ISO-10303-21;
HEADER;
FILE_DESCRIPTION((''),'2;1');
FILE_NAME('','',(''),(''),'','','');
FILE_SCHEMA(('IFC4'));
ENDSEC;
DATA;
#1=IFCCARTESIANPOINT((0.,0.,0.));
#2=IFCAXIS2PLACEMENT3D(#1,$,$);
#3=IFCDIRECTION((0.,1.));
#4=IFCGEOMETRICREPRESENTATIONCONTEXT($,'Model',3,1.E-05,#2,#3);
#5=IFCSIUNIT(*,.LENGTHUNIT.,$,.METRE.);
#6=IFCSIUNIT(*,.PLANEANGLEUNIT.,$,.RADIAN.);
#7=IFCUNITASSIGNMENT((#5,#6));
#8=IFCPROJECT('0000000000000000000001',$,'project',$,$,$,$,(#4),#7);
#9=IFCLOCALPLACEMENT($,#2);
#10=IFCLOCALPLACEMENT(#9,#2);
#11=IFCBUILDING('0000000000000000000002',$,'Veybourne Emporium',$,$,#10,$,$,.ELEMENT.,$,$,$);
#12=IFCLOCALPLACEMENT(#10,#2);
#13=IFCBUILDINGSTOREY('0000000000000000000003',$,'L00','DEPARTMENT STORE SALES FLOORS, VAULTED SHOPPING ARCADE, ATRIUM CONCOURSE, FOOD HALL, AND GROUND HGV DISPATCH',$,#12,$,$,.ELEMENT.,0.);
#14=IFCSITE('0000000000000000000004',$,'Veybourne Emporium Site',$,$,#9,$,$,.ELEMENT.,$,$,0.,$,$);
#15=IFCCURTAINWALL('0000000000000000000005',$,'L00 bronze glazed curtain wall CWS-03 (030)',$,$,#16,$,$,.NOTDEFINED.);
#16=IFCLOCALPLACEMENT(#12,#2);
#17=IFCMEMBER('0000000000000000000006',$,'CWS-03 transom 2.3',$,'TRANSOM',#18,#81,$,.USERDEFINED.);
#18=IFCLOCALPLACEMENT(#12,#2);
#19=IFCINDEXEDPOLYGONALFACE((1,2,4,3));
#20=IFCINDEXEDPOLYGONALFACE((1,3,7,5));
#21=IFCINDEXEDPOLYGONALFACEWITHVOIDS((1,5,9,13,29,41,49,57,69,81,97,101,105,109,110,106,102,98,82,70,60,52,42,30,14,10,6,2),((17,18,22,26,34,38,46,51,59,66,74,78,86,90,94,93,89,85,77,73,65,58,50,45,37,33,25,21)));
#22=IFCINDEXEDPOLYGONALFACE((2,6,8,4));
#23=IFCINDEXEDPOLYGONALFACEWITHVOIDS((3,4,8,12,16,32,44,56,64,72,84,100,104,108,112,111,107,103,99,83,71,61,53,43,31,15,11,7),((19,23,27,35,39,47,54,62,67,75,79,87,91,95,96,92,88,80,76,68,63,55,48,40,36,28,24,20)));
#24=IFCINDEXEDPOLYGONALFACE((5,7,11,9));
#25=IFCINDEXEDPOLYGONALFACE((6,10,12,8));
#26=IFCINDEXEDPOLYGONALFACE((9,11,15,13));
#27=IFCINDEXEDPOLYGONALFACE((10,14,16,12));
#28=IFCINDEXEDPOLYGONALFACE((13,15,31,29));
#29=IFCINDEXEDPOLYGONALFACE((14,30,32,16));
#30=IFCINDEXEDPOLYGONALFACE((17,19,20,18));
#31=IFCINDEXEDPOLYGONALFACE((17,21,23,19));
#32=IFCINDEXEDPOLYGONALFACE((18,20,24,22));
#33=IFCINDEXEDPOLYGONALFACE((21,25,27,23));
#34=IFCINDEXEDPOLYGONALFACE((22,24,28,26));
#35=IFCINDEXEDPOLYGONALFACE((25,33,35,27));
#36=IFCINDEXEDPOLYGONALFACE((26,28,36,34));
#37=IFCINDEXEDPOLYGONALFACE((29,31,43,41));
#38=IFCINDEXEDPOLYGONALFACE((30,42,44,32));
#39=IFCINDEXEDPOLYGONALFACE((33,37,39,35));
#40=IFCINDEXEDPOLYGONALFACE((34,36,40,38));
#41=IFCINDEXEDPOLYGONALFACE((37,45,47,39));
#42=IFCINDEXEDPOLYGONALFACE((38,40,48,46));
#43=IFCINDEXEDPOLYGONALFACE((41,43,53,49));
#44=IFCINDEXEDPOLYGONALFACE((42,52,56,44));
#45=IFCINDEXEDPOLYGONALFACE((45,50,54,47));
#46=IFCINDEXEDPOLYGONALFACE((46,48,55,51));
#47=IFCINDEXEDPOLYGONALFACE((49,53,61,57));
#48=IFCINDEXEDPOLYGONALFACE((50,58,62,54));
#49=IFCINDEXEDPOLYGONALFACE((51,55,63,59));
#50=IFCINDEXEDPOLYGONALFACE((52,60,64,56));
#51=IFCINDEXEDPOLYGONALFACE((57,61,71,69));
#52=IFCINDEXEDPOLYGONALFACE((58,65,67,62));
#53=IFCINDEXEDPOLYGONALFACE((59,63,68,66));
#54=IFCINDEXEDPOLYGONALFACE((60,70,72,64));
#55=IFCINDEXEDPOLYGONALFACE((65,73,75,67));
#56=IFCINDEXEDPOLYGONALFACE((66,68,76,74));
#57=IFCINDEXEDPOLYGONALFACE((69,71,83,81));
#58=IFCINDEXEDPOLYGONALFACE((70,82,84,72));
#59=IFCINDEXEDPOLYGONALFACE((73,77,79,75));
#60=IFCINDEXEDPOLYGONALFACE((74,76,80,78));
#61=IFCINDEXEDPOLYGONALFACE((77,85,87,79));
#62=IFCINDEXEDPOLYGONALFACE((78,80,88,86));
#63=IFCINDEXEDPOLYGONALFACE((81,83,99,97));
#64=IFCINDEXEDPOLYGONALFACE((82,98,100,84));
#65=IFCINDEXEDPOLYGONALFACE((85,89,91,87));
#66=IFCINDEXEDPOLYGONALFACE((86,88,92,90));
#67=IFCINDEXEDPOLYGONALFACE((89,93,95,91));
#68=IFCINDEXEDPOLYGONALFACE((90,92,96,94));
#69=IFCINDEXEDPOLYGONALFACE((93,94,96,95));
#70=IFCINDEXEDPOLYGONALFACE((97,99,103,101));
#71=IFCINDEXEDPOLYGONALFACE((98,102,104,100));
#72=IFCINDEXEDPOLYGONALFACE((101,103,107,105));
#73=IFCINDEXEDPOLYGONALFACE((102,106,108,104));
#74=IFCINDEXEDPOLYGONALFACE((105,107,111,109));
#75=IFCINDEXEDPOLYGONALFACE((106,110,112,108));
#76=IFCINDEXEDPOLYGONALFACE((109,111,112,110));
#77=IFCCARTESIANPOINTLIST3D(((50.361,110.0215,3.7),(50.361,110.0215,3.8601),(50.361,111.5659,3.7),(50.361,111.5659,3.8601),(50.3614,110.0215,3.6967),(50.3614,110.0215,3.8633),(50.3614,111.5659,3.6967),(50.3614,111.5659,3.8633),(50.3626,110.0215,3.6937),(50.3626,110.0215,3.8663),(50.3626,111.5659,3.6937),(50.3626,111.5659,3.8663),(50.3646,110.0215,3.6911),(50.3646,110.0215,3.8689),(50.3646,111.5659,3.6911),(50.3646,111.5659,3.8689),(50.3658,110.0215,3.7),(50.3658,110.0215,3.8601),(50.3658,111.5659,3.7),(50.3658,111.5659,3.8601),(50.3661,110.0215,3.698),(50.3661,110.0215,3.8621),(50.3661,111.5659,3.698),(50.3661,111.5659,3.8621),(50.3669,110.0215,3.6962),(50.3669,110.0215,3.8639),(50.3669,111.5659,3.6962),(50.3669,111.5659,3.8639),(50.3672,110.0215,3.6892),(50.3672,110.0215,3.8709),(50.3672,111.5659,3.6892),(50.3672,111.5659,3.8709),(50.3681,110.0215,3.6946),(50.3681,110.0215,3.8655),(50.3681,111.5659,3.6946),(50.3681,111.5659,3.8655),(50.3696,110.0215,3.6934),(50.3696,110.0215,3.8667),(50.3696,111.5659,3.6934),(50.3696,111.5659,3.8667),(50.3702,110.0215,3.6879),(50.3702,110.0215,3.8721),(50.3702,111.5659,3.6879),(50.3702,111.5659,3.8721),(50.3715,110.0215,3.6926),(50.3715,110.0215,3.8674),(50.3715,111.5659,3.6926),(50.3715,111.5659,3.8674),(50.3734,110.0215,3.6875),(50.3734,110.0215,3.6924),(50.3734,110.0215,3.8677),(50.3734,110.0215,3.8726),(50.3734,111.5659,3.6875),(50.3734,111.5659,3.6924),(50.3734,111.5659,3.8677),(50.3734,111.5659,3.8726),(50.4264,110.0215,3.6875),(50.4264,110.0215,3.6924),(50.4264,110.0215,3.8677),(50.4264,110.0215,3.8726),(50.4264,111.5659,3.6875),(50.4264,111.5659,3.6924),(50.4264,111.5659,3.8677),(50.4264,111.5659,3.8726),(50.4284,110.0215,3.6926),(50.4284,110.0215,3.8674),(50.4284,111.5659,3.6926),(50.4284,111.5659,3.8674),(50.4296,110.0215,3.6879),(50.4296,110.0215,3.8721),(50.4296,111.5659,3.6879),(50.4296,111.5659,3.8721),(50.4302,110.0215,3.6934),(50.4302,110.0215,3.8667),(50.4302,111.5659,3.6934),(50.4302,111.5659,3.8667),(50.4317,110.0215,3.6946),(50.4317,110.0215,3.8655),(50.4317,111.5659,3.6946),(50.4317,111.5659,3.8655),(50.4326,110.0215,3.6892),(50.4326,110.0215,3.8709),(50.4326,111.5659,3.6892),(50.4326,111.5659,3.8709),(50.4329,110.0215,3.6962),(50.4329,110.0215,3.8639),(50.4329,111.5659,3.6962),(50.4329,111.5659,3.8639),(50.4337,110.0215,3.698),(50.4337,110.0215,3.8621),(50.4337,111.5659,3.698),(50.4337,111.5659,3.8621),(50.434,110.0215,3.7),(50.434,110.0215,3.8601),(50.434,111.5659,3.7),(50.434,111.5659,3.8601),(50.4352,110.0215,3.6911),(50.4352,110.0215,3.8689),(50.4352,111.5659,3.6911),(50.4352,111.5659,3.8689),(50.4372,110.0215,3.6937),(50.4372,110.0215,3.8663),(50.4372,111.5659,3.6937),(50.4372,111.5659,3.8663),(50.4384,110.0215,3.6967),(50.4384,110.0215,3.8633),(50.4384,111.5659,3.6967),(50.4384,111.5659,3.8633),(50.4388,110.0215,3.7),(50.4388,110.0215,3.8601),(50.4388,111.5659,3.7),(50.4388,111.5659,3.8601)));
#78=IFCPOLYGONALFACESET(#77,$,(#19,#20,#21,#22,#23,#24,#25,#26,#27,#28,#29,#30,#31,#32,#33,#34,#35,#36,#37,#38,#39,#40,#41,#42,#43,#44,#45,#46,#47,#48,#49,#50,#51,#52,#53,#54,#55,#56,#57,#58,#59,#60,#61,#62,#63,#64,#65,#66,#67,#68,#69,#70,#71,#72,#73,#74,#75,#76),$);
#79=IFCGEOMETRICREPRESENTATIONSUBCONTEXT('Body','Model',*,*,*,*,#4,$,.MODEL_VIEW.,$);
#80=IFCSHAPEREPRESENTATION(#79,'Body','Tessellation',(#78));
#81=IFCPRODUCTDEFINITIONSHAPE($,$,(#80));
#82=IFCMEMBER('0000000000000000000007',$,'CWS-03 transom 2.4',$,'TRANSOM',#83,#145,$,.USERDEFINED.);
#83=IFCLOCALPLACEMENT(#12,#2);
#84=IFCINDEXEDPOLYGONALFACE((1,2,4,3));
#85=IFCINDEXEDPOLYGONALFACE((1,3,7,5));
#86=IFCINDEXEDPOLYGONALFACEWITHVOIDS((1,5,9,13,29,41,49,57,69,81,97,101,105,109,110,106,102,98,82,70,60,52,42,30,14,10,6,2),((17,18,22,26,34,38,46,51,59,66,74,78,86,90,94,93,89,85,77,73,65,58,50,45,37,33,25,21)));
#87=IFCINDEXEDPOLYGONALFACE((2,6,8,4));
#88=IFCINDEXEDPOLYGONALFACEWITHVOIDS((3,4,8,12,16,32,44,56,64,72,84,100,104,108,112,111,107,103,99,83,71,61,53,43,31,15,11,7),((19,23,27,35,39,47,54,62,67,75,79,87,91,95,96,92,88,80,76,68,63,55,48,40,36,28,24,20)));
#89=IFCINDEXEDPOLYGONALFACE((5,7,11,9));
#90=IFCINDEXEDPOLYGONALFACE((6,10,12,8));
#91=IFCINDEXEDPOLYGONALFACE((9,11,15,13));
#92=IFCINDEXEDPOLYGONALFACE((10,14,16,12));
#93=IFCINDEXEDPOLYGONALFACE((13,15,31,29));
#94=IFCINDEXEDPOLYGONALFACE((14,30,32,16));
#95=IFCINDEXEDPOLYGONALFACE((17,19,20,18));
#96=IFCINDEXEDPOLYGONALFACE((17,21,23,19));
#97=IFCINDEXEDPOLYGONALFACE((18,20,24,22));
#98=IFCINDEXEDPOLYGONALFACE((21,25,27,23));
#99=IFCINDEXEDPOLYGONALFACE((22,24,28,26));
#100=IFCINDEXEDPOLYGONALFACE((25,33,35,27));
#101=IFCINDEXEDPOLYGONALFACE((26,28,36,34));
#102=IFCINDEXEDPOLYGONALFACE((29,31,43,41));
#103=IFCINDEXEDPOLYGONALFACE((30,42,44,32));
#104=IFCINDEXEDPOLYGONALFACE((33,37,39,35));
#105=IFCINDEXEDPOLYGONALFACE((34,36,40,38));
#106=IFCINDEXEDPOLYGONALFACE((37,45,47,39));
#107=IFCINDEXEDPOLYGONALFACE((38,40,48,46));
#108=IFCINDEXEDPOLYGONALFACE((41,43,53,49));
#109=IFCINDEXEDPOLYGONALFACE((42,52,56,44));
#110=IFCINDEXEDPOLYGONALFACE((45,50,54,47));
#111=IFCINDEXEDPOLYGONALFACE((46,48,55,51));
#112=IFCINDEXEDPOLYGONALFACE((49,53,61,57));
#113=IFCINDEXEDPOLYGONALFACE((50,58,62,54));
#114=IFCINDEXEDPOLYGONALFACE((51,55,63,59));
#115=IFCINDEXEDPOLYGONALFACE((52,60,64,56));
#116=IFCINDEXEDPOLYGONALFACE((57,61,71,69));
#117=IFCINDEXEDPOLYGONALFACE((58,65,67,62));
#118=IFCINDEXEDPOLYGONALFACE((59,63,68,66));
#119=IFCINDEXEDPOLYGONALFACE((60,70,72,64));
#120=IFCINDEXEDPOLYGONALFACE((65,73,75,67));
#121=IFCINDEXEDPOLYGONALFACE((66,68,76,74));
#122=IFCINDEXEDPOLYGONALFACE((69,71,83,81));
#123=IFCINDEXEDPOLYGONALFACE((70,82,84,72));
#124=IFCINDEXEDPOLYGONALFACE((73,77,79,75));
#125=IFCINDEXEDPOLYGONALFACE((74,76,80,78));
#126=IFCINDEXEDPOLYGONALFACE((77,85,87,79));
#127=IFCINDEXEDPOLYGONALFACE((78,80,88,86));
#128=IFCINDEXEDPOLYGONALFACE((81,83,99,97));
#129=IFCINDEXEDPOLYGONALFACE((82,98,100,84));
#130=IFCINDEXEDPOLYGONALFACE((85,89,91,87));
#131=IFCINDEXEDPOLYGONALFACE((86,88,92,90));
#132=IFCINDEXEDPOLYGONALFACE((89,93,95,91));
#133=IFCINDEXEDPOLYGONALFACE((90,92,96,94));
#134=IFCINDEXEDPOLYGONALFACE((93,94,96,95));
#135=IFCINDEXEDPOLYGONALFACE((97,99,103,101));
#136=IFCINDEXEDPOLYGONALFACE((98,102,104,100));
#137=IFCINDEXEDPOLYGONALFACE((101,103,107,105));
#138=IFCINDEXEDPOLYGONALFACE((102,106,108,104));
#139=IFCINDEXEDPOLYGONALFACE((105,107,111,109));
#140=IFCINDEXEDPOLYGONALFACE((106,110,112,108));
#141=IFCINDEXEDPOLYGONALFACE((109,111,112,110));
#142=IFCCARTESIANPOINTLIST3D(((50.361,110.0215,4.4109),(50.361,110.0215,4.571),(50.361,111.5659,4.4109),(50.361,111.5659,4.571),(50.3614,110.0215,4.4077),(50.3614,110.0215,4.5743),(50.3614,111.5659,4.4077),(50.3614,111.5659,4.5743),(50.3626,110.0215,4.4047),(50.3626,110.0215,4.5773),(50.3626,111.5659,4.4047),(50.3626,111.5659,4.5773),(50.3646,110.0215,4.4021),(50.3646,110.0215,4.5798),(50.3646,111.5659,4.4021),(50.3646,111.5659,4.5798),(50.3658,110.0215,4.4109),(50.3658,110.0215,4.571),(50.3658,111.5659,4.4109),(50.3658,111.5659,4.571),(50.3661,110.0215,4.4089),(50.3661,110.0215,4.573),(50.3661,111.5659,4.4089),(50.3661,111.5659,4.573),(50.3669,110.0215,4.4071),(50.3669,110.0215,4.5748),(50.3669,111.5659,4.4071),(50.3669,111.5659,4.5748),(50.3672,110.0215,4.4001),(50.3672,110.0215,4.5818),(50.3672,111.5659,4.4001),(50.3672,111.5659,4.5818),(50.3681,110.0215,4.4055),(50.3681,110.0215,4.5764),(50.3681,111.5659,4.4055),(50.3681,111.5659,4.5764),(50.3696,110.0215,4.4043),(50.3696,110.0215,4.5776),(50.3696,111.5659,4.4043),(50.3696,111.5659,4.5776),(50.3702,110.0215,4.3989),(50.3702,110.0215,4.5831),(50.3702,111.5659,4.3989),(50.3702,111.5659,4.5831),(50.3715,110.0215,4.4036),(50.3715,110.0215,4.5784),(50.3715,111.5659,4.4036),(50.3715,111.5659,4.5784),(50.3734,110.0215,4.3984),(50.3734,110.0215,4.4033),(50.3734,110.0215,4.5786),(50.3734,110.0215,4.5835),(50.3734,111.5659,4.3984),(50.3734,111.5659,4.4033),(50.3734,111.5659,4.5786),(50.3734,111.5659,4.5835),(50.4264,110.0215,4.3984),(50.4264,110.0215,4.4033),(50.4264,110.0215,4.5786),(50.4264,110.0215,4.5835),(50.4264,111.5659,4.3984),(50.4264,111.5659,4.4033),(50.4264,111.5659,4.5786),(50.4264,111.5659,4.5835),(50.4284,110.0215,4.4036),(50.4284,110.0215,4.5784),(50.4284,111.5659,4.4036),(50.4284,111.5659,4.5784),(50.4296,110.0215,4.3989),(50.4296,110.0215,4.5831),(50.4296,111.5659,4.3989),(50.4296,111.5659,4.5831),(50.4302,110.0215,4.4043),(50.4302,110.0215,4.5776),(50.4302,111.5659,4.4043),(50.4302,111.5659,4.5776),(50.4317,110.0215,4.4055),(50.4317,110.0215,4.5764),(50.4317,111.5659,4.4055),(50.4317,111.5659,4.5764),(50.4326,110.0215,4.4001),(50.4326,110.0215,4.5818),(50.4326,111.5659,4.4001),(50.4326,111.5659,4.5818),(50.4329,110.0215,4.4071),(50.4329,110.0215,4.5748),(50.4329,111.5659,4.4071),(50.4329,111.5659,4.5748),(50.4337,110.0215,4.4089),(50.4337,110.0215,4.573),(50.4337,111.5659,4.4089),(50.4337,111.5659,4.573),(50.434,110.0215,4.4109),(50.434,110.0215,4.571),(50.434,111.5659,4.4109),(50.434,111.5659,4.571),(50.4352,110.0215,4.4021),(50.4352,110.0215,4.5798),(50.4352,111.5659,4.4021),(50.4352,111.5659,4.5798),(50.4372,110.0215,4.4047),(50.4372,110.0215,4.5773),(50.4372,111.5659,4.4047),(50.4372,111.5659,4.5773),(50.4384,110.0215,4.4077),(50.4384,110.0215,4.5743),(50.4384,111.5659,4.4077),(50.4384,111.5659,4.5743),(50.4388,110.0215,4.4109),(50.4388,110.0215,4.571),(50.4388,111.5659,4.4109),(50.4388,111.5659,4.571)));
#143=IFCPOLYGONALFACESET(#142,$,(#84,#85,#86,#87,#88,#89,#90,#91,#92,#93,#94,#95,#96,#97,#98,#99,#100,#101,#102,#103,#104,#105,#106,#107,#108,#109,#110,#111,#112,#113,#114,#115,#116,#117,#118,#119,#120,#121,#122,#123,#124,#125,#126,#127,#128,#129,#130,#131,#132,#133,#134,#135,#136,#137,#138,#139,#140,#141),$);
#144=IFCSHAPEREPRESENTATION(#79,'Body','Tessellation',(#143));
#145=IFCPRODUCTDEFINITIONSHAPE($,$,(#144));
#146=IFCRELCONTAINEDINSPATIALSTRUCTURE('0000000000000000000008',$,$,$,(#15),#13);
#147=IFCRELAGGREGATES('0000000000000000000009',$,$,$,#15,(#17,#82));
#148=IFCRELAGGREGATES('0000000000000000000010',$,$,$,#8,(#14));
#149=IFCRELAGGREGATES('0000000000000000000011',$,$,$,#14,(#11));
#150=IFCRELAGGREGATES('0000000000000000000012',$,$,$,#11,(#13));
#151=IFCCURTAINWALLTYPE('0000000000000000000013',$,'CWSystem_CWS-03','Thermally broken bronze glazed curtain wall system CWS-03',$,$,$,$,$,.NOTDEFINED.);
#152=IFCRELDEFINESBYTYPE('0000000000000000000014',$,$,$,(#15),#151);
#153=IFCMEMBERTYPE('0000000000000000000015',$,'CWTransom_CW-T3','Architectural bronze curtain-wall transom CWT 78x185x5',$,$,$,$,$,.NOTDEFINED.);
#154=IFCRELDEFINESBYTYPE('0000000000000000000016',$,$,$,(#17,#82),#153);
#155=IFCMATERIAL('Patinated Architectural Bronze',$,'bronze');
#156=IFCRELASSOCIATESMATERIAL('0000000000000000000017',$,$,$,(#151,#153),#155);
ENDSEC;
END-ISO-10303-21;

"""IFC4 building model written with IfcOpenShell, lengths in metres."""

from ifc_helpers import new_model, si_unit, direction, frame, origin, origin_2d, place, context, subcontext, project, spatial, hollow_rectangle, extrude, material, material_profile, profile_set, type_object, element, aggregate, save


model = new_model("IFC4")

# Units and contexts
model_context = context("Model", 3, precision=1e-05, world=origin(), true_north=direction((0.0, 1.0)))
body_context = subcontext(model_context, "Body", "Model", "MODEL_VIEW")
ifc_project = project(units=[si_unit("LENGTHUNIT", "METRE"), si_unit("PLANEANGLEUNIT", "RADIAN")], contexts=[model_context])

# Site, building, storey
site_placement = place(None, origin())
site = spatial("IfcSite", under=ifc_project, at=site_placement, Name="Veybourne Emporium Site", CompositionType="ELEMENT", RefElevation=0.0)
building_placement = place(site_placement, origin())
building = spatial("IfcBuilding", under=site, at=building_placement, Name="Veybourne Emporium", CompositionType="ELEMENT")
storey_placement = place(building_placement, origin())
storey = spatial("IfcBuildingStorey", under=building, at=storey_placement, Name="L00", Description="DEPARTMENT STORE SALES FLOORS, VAULTED SHOPPING ARCADE, ATRIUM CONCOURSE, FOOD HALL, AND GROUND HGV DISPATCH", CompositionType="ELEMENT", Elevation=0.0)

# Curtain wall, members
ifc_material_1 = material(Name="Patinated Architectural Bronze", Category="bronze")
curtain_wall_type = type_object("IfcCurtainWallType", Name="CWSystem_CWS-03", Description="Thermally broken bronze glazed curtain wall system CWS-03", PredefinedType="NOTDEFINED", material=ifc_material_1)
curtain_wall_placement = place(storey_placement, origin())
curtain_wall = element("IfcCurtainWall", 1, at=curtain_wall_placement, inside=storey, type_object=curtain_wall_type, Name="L00 bronze glazed curtain wall CWS-03 (030)", PredefinedType="NOTDEFINED")
ifc_material_profile_1 = material_profile(ifc_material_1, hollow_rectangle(XDim=0.0779, YDim=0.1851, WallThickness=0.0049, InnerFilletRadius=0.0076, OuterFilletRadius=0.0125, at=origin_2d()), Name="CWT 78x185x5")
ifc_profile_set_1 = profile_set([ifc_material_profile_1], Name="Patinated Architectural Bronze")
member_type_1 = type_object("IfcMemberType", Name="CWTransom_CW-T3", Description="Architectural bronze curtain-wall transom CWT 78x185x5", PredefinedType="NOTDEFINED", material=ifc_profile_set_1)
member_1_placement = place(storey_placement, frame((50.3999, 110.0215, 3.78), z_axis=(0.0, 1.0, 0.0), x_axis=(-1.0, 0.0, 0.0)))
member_1 = element("IfcMember", 2, at=member_1_placement, type_object=member_type_1, Name="CWS-03 transom 2.3", ObjectType="TRANSOM", PredefinedType="USERDEFINED", context=body_context, shape_type="SweptSolid", body=[
    extrude(hollow_rectangle(XDim=0.0779, YDim=0.1851, WallThickness=0.0049, InnerFilletRadius=0.0076, OuterFilletRadius=0.0125, at=origin_2d()), origin(), (0.0, 0.0, 1.0), 1.5444),
])
member_2_placement = place(storey_placement, frame((50.3999, 110.0215, 4.491), z_axis=(0.0, 1.0, 0.0), x_axis=(-1.0, 0.0, 0.0)))
member_2 = element("IfcMember", 3, at=member_2_placement, type_object=member_type_1, Name="CWS-03 transom 2.4", ObjectType="TRANSOM", PredefinedType="USERDEFINED", context=body_context, shape_type="SweptSolid", body=[
    extrude(hollow_rectangle(XDim=0.0779, YDim=0.1851, WallThickness=0.0049, InnerFilletRadius=0.0076, OuterFilletRadius=0.0125, at=origin_2d()), origin(), (0.0, 0.0, 1.0), 1.5444),
])

aggregate(curtain_wall, [member_1, member_2])

save(model, "model.ifc")
